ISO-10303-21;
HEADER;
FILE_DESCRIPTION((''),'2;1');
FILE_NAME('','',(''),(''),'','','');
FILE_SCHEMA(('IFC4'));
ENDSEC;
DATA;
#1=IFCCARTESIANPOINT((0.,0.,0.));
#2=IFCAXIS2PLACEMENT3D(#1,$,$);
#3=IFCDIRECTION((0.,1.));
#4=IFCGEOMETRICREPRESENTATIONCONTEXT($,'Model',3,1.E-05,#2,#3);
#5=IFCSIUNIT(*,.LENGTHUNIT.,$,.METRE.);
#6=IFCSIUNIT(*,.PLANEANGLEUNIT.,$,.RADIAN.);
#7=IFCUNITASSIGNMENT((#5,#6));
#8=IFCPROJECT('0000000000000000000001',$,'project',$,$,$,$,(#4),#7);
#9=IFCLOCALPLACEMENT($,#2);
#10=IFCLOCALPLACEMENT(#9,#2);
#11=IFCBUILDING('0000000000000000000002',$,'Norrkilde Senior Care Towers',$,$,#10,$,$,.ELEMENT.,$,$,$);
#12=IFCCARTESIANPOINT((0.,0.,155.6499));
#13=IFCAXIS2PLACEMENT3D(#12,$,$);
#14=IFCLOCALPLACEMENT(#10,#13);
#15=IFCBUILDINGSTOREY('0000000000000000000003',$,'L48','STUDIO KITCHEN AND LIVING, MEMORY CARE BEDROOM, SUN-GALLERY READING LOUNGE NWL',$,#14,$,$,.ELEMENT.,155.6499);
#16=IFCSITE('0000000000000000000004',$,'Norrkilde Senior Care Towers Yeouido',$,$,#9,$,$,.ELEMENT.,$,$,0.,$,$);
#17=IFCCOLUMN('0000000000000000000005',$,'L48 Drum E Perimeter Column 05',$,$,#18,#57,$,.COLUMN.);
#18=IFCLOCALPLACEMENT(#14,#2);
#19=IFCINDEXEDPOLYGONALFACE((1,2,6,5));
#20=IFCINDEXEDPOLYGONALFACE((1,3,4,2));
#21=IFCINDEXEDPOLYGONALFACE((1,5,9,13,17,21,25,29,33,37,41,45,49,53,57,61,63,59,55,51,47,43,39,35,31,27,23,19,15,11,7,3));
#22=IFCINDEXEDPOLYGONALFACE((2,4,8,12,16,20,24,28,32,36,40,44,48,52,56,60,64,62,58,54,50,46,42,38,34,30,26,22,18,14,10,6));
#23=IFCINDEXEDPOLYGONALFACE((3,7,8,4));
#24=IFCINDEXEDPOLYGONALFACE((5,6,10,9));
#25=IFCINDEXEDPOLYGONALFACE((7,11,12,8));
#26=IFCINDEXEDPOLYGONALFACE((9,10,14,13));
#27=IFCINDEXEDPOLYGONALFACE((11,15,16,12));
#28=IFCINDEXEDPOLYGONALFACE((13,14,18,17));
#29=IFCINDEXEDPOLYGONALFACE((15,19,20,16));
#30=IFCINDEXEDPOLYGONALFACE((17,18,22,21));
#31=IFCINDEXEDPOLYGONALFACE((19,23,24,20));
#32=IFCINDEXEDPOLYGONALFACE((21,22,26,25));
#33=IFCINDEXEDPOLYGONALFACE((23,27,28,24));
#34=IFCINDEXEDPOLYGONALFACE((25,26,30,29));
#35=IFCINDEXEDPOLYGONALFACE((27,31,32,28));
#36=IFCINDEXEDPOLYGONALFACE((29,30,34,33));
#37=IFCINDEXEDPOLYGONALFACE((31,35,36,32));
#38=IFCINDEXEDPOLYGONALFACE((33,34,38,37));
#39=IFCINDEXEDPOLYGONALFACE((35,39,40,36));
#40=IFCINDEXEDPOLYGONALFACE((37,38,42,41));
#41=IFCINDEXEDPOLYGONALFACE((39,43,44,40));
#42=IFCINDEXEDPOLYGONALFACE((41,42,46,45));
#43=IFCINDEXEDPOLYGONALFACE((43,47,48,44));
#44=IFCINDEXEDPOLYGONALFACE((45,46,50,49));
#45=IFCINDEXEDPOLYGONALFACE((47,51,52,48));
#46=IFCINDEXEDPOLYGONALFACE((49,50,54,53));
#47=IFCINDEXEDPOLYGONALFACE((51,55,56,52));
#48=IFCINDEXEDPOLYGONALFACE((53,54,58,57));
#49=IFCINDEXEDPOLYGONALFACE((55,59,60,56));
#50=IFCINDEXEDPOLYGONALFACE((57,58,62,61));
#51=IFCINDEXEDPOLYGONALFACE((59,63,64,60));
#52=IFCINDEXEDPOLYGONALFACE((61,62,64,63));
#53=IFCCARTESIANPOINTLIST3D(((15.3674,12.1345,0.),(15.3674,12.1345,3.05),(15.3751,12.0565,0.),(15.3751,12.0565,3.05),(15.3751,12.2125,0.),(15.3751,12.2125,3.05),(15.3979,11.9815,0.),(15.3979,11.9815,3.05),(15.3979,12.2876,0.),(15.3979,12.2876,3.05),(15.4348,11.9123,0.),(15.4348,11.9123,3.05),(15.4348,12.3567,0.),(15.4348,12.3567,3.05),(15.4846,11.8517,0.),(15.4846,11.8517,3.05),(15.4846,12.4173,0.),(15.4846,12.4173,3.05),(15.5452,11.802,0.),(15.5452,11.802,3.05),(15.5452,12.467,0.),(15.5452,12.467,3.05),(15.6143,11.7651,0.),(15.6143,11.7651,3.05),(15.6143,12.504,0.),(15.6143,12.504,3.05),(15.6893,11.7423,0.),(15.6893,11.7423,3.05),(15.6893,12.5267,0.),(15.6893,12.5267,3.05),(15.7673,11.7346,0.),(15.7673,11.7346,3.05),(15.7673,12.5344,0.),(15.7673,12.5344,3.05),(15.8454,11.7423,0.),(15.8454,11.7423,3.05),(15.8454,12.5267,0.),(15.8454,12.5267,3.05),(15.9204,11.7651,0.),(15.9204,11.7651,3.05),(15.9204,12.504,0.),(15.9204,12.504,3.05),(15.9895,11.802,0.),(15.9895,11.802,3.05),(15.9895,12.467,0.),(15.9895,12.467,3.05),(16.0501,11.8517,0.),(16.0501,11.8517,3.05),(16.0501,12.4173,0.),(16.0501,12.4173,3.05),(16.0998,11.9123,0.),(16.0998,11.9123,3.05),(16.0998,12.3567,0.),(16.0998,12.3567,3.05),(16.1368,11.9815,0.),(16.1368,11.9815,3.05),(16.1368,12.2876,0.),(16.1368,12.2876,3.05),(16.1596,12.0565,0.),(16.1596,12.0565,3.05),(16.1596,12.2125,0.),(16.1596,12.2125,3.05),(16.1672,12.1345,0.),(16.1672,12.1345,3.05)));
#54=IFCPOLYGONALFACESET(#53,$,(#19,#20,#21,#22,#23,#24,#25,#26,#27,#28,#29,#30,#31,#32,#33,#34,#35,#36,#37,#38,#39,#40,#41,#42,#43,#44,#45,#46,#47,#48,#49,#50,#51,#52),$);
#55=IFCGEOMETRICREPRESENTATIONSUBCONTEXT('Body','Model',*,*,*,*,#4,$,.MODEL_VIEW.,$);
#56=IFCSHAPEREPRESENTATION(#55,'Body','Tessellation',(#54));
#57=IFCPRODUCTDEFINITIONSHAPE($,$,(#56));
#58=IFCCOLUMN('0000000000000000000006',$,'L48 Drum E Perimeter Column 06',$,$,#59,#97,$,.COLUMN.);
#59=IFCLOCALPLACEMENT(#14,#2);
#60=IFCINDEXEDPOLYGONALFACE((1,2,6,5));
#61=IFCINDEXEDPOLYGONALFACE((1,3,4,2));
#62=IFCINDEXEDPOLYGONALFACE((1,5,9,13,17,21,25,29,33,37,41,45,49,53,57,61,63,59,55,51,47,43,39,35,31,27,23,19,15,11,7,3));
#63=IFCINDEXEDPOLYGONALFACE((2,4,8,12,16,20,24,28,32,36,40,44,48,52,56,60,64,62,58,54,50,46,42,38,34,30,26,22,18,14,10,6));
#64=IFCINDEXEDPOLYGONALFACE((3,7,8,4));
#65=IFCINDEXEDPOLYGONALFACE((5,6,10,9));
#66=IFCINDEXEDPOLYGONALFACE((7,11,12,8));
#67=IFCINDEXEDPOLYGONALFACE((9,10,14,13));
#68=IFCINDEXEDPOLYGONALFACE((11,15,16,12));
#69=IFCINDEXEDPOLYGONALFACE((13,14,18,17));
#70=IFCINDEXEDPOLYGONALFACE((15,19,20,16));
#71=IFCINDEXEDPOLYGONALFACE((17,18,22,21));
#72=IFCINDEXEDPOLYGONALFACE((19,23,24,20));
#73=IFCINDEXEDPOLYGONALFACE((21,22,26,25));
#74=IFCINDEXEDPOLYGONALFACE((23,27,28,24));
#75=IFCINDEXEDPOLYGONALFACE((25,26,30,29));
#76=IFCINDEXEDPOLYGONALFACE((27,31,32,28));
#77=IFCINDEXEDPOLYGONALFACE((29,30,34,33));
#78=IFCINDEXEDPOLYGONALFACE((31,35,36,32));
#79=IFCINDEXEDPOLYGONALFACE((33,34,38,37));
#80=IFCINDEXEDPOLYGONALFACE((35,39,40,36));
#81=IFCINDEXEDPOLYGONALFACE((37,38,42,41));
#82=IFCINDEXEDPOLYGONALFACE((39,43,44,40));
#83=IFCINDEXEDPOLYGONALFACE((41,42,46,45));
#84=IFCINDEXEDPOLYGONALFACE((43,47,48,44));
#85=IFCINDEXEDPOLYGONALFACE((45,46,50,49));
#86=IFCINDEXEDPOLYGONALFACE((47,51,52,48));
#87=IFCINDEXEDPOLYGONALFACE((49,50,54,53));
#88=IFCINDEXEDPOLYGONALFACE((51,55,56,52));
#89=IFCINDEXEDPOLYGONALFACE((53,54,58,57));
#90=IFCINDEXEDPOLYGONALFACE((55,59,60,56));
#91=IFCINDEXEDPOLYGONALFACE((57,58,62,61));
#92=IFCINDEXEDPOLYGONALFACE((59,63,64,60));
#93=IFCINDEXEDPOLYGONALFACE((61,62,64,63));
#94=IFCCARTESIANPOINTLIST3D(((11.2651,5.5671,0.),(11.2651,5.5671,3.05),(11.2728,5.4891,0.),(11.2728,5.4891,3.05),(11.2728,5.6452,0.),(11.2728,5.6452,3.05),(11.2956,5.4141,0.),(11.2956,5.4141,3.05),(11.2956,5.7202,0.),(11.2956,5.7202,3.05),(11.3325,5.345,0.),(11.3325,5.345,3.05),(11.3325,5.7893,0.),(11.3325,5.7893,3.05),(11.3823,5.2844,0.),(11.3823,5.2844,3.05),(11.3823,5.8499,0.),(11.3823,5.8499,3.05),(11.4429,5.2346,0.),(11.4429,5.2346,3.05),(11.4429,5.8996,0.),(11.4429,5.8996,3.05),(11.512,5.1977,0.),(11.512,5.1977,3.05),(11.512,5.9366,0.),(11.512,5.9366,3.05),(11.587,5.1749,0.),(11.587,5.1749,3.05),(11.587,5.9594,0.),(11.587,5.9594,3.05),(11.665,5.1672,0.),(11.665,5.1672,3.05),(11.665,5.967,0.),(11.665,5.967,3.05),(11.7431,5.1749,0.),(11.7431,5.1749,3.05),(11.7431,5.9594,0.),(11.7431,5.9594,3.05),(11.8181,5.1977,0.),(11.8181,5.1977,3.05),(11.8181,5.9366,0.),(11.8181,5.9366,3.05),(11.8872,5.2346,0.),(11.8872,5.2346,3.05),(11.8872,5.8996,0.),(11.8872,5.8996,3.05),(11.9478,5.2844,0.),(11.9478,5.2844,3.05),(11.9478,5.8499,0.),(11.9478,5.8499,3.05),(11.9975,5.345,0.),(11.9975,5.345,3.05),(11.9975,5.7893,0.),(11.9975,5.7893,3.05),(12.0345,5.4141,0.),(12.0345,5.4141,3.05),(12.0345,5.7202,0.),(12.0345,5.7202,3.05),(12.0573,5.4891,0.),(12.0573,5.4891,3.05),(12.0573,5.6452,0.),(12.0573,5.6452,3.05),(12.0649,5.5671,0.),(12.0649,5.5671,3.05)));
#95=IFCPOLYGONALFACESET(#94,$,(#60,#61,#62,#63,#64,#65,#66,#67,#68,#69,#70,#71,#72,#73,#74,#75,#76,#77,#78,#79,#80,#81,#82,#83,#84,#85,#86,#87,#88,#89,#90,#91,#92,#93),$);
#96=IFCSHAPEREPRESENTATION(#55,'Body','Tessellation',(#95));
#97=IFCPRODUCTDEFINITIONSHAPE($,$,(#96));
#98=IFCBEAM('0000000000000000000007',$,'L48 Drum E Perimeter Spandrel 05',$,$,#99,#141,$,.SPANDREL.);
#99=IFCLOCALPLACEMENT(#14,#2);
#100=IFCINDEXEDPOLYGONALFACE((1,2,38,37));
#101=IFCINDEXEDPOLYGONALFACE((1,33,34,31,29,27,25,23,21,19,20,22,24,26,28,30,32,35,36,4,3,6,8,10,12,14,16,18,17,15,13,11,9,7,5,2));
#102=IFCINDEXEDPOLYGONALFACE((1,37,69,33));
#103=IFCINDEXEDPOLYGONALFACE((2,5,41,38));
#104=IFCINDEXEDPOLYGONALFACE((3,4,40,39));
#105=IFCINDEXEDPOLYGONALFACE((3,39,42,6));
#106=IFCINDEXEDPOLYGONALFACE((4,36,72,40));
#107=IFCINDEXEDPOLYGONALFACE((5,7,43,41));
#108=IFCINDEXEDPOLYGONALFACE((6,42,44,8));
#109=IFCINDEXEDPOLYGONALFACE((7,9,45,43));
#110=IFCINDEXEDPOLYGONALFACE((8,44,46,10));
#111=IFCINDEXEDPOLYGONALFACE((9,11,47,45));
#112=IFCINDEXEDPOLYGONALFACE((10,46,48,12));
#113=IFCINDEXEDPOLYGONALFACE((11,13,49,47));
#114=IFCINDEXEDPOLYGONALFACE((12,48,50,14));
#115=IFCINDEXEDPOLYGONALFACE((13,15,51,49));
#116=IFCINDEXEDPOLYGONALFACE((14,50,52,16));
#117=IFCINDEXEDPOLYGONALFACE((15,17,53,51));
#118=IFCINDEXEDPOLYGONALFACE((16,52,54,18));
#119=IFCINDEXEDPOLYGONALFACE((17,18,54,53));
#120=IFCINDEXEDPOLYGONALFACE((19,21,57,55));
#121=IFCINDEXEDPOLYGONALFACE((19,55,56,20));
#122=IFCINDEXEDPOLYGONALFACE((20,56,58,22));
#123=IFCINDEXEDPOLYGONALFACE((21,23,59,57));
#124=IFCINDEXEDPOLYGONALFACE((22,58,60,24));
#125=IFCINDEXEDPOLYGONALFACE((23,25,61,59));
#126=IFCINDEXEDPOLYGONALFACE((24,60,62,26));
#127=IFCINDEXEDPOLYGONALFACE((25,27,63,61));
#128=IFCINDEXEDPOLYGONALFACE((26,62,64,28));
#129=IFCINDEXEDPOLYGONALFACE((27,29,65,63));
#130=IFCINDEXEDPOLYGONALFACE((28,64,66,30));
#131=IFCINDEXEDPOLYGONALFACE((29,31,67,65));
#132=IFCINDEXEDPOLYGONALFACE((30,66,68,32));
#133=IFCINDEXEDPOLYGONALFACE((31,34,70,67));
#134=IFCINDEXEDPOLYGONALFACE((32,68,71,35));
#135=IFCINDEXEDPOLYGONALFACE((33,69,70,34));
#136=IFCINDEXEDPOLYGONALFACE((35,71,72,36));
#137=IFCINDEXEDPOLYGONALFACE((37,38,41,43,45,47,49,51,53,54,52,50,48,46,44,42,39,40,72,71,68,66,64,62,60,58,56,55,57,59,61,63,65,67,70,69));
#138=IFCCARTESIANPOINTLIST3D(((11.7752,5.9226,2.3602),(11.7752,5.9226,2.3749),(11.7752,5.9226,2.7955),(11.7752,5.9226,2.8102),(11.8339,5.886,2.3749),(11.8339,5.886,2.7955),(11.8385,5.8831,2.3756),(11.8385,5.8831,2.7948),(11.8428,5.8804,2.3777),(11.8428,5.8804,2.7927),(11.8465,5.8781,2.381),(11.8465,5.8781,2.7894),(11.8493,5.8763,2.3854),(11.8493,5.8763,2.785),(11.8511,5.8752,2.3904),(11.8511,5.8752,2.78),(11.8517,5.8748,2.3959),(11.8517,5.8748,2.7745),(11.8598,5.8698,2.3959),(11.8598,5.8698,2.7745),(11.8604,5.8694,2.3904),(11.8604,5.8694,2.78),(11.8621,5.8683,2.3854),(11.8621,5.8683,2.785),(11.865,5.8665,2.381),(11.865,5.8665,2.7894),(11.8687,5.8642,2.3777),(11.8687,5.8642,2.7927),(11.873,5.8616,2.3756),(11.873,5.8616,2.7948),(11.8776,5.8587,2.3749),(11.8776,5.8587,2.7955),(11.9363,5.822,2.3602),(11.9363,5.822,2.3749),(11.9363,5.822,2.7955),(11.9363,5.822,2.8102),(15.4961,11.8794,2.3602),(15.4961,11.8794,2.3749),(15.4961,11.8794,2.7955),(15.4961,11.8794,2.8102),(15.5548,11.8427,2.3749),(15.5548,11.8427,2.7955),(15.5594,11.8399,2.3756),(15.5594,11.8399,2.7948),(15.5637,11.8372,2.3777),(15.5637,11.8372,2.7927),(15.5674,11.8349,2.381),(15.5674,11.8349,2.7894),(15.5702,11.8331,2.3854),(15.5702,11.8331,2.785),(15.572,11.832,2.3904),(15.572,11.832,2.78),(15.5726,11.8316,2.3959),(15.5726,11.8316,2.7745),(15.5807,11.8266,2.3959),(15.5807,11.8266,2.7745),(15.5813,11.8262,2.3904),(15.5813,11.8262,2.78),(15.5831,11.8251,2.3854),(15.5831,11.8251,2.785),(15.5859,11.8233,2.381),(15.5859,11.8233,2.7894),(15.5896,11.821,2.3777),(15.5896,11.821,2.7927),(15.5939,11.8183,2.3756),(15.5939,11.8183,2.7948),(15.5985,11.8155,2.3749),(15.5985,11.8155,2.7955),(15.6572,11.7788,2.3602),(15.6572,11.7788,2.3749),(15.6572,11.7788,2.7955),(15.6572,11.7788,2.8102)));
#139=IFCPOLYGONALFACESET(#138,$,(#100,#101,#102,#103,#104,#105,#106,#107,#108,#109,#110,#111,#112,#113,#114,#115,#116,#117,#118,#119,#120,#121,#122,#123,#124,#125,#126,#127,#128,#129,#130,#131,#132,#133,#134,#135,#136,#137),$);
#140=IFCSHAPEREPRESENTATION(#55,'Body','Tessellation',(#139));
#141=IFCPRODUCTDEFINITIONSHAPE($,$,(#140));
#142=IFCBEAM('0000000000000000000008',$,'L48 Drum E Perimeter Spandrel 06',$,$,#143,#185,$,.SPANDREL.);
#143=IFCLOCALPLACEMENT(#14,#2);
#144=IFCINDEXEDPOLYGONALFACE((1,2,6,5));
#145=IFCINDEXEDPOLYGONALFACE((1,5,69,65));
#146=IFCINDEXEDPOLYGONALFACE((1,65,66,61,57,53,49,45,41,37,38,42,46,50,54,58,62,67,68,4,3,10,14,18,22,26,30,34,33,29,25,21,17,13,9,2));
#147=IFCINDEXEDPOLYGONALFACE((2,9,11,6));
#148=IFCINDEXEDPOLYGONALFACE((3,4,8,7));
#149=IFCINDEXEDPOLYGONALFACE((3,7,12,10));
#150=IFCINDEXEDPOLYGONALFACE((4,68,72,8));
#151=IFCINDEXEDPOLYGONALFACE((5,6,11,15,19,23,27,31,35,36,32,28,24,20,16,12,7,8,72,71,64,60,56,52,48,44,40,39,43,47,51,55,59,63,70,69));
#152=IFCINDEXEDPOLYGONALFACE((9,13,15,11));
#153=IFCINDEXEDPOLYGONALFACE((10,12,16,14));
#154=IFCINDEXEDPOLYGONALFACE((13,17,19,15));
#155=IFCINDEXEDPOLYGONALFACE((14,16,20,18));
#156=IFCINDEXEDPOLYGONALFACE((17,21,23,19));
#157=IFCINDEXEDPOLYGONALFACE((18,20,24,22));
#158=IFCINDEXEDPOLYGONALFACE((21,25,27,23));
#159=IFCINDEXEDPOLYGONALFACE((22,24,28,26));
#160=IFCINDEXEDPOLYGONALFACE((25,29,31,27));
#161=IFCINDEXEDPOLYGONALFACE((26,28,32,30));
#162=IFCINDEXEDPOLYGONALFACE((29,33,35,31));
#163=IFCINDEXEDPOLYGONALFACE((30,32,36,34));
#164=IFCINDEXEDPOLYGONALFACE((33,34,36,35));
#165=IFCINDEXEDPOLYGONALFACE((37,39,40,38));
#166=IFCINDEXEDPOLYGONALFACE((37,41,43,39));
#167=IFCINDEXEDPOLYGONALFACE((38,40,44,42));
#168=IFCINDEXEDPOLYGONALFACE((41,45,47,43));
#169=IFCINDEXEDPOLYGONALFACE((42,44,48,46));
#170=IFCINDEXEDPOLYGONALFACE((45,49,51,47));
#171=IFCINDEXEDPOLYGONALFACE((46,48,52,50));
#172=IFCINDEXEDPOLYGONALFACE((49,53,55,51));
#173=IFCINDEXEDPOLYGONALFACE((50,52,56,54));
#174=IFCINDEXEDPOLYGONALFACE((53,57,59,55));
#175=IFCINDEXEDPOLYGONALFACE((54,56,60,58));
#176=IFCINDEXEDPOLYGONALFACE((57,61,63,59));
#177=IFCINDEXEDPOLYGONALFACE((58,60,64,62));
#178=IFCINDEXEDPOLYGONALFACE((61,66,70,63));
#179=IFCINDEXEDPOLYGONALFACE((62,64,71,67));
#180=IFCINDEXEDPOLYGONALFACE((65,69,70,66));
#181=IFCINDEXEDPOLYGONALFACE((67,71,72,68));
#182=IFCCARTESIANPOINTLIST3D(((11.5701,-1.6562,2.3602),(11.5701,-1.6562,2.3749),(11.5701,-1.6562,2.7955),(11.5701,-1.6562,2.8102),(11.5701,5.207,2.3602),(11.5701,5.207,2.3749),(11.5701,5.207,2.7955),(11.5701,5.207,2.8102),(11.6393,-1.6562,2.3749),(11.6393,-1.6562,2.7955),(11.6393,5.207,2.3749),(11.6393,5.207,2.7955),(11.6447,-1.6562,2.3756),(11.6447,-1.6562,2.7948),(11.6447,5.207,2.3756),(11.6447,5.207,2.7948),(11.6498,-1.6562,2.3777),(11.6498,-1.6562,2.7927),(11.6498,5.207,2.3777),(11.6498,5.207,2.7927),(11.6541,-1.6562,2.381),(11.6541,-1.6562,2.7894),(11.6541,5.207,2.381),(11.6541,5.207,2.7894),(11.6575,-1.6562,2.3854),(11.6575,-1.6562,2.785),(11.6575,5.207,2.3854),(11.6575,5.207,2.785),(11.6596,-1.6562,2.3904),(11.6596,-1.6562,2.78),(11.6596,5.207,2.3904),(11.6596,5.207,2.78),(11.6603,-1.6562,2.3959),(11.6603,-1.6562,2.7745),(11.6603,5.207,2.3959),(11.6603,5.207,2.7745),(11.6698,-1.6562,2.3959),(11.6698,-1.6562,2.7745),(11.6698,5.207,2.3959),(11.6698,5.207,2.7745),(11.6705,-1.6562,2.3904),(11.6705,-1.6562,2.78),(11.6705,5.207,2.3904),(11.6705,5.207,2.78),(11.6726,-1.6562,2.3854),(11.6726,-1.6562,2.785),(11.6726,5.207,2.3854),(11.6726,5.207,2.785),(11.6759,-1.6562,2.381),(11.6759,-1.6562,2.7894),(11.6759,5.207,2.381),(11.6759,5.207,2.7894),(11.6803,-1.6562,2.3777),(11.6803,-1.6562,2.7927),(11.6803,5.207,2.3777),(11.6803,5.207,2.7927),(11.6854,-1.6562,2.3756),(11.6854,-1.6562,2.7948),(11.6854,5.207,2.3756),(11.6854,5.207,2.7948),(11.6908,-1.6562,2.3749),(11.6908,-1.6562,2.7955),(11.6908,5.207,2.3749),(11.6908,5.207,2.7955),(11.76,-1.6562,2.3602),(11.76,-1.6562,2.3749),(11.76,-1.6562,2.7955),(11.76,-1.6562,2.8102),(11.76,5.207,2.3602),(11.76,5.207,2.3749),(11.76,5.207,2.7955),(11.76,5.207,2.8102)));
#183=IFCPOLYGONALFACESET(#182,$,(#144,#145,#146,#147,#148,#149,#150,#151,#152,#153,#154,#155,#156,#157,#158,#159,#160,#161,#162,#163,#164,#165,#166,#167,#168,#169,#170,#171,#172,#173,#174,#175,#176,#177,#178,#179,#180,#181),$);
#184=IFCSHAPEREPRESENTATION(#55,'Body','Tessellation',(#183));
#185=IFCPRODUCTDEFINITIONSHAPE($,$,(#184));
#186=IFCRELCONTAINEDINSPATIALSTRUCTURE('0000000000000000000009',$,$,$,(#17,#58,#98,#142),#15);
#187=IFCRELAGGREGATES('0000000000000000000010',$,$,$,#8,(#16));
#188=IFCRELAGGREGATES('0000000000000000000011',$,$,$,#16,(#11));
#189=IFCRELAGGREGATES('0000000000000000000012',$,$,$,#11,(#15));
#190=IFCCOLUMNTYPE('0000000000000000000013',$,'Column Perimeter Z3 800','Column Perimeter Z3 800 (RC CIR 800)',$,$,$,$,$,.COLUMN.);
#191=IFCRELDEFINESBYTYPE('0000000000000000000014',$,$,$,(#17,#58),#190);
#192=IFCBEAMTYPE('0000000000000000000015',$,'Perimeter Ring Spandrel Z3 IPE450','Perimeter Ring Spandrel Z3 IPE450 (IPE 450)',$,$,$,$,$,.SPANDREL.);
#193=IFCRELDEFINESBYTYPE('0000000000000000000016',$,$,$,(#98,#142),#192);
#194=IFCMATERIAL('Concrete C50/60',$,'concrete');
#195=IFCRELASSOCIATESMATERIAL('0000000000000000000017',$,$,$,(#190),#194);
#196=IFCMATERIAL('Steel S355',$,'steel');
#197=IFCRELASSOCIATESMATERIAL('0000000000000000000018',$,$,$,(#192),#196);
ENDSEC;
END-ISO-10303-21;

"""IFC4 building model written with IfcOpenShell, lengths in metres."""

from ifc_helpers import new_model, si_unit, direction, frame, origin, origin_2d, place, context, subcontext, project, spatial, circle, i_section, extrude, source, transform, mapped, material, material_profile, profile_set, type_object, type_shapes, element, save


model = new_model("IFC4")

# Units and contexts
model_context = context("Model", 3, precision=1e-05, world=origin(), true_north=direction((0.0, 1.0)))
body_context = subcontext(model_context, "Body", "Model", "MODEL_VIEW")
ifc_project = project(units=[si_unit("LENGTHUNIT", "METRE"), si_unit("PLANEANGLEUNIT", "RADIAN")], contexts=[model_context])

# Site, building, storey
site_placement = place(None, origin())
site = spatial("IfcSite", under=ifc_project, at=site_placement, Name="Norrkilde Senior Care Towers Yeouido", CompositionType="ELEMENT", RefElevation=0.0)
building_placement = place(site_placement, origin())
building = spatial("IfcBuilding", under=site, at=building_placement, Name="Norrkilde Senior Care Towers", CompositionType="ELEMENT")
storey_placement = place(building_placement, frame((0.0, 0.0, 155.6499)))
storey = spatial("IfcBuildingStorey", under=building, at=storey_placement, Name="L48", Description="STUDIO KITCHEN AND LIVING, MEMORY CARE BEDROOM, SUN-GALLERY READING LOUNGE NWL", CompositionType="ELEMENT", Elevation=155.6499)

# Columns
ifc_material_1 = material(Name="Concrete C50/60", Category="concrete")
ifc_material_profile_1 = material_profile(ifc_material_1, circle(Radius=0.3999, at=origin_2d()), Name="RC CIR 800")
ifc_profile_set_1 = profile_set([ifc_material_profile_1], Name="Concrete C50/60")
column_type = type_object("IfcColumnType", Name="Column Perimeter Z3 800", Description="Column Perimeter Z3 800 (RC CIR 800)", PredefinedType="COLUMN", material=ifc_profile_set_1)
shared_shape_1 = source(origin(), body_context, "Body", "SweptSolid", [
    extrude(circle(Radius=0.3999, at=origin_2d()), origin(), (0.0, 0.0, 1.0), 3.05),
])
type_shapes(column_type, [shared_shape_1])
for number, where, z_axis, x_axis, name in (
    (1, (15.7673, 12.1345, 0.0), (0.0, 0.0, 1.0), (1.0, 0.0, 0.0), "L48 Drum E Perimeter Column 05"),
    (2, (11.665, 5.5671, 0.0), (0.0, 0.0, 1.0), (1.0, 0.0, 0.0), "L48 Drum E Perimeter Column 06"),
):
    element("IfcColumn", number, at=place(storey_placement, frame(where, z_axis=z_axis, x_axis=x_axis)), inside=storey, type_object=column_type, Name=name, PredefinedType="COLUMN", context=body_context, shape_type="MappedRepresentation", body=[
        mapped(shared_shape_1, transform((0.0, 0.0, 0.0), x_axis=(1.0, 0.0, 0.0), y_axis=(0.0, 1.0, 0.0), z_axis=(0.0, 0.0, 1.0), scale=1.0)),
    ])

# Beams
ifc_material_2 = material(Name="Steel S355", Category="steel")
ifc_material_profile_2 = material_profile(ifc_material_2, i_section(OverallWidth=0.1899, OverallDepth=0.45, WebThickness=0.0095, FlangeThickness=0.0146, FilletRadius=0.021, at=origin_2d()), Name="IPE 450")
ifc_profile_set_2 = profile_set([ifc_material_profile_2], Name="Steel S355")
beam_type = type_object("IfcBeamType", Name="Perimeter Ring Spandrel Z3 IPE450", Description="Perimeter Ring Spandrel Z3 IPE450 (IPE 450)", PredefinedType="SPANDREL", material=ifc_profile_set_2)
shared_shape_2 = source(origin(), body_context, "Body", "SweptSolid", [
    extrude(i_section(OverallWidth=0.1899, OverallDepth=0.45, WebThickness=0.0095, FlangeThickness=0.0146, FilletRadius=0.021, at=origin_2d()), origin(), (0.0, 0.0, 1.0), 7.0234),
])
beam_1_placement = place(storey_placement, frame((15.5767, 11.8291, 2.5852), z_axis=(-0.52979, -0.848129, 0.0), x_axis=(0.848129, -0.52979, 0.0)))
element("IfcBeam", 3, at=beam_1_placement, inside=storey, type_object=beam_type, Name="L48 Drum E Perimeter Spandrel 05", PredefinedType="SPANDREL", context=body_context, shape_type="MappedRepresentation", body=[
    mapped(shared_shape_2, transform((0.0, 0.0, 0.0), x_axis=(1.0, 0.0, 0.0), y_axis=(0.0, 1.0, 0.0), z_axis=(0.0, 0.0, 1.0), scale=1.0)),
])
shared_shape_3 = source(origin(), body_context, "Body", "SweptSolid", [
    extrude(i_section(OverallWidth=0.1899, OverallDepth=0.45, WebThickness=0.0095, FlangeThickness=0.0146, FilletRadius=0.021, at=origin_2d()), origin(), (0.0, 0.0, 1.0), 6.8633),
])
type_shapes(beam_type, [shared_shape_2, shared_shape_3])
beam_2_placement = place(storey_placement, frame((11.665, 5.207, 2.5852), z_axis=(0.0, -1.0, 0.0), x_axis=(1.0, 0.0, 0.0)))
element("IfcBeam", 4, at=beam_2_placement, inside=storey, type_object=beam_type, Name="L48 Drum E Perimeter Spandrel 06", PredefinedType="SPANDREL", context=body_context, shape_type="MappedRepresentation", body=[
    mapped(shared_shape_3, transform((0.0, 0.0, 0.0), x_axis=(1.0, 0.0, 0.0), y_axis=(0.0, 1.0, 0.0), z_axis=(0.0, 0.0, 1.0), scale=1.0)),
])

save(model, "model.ifc")
